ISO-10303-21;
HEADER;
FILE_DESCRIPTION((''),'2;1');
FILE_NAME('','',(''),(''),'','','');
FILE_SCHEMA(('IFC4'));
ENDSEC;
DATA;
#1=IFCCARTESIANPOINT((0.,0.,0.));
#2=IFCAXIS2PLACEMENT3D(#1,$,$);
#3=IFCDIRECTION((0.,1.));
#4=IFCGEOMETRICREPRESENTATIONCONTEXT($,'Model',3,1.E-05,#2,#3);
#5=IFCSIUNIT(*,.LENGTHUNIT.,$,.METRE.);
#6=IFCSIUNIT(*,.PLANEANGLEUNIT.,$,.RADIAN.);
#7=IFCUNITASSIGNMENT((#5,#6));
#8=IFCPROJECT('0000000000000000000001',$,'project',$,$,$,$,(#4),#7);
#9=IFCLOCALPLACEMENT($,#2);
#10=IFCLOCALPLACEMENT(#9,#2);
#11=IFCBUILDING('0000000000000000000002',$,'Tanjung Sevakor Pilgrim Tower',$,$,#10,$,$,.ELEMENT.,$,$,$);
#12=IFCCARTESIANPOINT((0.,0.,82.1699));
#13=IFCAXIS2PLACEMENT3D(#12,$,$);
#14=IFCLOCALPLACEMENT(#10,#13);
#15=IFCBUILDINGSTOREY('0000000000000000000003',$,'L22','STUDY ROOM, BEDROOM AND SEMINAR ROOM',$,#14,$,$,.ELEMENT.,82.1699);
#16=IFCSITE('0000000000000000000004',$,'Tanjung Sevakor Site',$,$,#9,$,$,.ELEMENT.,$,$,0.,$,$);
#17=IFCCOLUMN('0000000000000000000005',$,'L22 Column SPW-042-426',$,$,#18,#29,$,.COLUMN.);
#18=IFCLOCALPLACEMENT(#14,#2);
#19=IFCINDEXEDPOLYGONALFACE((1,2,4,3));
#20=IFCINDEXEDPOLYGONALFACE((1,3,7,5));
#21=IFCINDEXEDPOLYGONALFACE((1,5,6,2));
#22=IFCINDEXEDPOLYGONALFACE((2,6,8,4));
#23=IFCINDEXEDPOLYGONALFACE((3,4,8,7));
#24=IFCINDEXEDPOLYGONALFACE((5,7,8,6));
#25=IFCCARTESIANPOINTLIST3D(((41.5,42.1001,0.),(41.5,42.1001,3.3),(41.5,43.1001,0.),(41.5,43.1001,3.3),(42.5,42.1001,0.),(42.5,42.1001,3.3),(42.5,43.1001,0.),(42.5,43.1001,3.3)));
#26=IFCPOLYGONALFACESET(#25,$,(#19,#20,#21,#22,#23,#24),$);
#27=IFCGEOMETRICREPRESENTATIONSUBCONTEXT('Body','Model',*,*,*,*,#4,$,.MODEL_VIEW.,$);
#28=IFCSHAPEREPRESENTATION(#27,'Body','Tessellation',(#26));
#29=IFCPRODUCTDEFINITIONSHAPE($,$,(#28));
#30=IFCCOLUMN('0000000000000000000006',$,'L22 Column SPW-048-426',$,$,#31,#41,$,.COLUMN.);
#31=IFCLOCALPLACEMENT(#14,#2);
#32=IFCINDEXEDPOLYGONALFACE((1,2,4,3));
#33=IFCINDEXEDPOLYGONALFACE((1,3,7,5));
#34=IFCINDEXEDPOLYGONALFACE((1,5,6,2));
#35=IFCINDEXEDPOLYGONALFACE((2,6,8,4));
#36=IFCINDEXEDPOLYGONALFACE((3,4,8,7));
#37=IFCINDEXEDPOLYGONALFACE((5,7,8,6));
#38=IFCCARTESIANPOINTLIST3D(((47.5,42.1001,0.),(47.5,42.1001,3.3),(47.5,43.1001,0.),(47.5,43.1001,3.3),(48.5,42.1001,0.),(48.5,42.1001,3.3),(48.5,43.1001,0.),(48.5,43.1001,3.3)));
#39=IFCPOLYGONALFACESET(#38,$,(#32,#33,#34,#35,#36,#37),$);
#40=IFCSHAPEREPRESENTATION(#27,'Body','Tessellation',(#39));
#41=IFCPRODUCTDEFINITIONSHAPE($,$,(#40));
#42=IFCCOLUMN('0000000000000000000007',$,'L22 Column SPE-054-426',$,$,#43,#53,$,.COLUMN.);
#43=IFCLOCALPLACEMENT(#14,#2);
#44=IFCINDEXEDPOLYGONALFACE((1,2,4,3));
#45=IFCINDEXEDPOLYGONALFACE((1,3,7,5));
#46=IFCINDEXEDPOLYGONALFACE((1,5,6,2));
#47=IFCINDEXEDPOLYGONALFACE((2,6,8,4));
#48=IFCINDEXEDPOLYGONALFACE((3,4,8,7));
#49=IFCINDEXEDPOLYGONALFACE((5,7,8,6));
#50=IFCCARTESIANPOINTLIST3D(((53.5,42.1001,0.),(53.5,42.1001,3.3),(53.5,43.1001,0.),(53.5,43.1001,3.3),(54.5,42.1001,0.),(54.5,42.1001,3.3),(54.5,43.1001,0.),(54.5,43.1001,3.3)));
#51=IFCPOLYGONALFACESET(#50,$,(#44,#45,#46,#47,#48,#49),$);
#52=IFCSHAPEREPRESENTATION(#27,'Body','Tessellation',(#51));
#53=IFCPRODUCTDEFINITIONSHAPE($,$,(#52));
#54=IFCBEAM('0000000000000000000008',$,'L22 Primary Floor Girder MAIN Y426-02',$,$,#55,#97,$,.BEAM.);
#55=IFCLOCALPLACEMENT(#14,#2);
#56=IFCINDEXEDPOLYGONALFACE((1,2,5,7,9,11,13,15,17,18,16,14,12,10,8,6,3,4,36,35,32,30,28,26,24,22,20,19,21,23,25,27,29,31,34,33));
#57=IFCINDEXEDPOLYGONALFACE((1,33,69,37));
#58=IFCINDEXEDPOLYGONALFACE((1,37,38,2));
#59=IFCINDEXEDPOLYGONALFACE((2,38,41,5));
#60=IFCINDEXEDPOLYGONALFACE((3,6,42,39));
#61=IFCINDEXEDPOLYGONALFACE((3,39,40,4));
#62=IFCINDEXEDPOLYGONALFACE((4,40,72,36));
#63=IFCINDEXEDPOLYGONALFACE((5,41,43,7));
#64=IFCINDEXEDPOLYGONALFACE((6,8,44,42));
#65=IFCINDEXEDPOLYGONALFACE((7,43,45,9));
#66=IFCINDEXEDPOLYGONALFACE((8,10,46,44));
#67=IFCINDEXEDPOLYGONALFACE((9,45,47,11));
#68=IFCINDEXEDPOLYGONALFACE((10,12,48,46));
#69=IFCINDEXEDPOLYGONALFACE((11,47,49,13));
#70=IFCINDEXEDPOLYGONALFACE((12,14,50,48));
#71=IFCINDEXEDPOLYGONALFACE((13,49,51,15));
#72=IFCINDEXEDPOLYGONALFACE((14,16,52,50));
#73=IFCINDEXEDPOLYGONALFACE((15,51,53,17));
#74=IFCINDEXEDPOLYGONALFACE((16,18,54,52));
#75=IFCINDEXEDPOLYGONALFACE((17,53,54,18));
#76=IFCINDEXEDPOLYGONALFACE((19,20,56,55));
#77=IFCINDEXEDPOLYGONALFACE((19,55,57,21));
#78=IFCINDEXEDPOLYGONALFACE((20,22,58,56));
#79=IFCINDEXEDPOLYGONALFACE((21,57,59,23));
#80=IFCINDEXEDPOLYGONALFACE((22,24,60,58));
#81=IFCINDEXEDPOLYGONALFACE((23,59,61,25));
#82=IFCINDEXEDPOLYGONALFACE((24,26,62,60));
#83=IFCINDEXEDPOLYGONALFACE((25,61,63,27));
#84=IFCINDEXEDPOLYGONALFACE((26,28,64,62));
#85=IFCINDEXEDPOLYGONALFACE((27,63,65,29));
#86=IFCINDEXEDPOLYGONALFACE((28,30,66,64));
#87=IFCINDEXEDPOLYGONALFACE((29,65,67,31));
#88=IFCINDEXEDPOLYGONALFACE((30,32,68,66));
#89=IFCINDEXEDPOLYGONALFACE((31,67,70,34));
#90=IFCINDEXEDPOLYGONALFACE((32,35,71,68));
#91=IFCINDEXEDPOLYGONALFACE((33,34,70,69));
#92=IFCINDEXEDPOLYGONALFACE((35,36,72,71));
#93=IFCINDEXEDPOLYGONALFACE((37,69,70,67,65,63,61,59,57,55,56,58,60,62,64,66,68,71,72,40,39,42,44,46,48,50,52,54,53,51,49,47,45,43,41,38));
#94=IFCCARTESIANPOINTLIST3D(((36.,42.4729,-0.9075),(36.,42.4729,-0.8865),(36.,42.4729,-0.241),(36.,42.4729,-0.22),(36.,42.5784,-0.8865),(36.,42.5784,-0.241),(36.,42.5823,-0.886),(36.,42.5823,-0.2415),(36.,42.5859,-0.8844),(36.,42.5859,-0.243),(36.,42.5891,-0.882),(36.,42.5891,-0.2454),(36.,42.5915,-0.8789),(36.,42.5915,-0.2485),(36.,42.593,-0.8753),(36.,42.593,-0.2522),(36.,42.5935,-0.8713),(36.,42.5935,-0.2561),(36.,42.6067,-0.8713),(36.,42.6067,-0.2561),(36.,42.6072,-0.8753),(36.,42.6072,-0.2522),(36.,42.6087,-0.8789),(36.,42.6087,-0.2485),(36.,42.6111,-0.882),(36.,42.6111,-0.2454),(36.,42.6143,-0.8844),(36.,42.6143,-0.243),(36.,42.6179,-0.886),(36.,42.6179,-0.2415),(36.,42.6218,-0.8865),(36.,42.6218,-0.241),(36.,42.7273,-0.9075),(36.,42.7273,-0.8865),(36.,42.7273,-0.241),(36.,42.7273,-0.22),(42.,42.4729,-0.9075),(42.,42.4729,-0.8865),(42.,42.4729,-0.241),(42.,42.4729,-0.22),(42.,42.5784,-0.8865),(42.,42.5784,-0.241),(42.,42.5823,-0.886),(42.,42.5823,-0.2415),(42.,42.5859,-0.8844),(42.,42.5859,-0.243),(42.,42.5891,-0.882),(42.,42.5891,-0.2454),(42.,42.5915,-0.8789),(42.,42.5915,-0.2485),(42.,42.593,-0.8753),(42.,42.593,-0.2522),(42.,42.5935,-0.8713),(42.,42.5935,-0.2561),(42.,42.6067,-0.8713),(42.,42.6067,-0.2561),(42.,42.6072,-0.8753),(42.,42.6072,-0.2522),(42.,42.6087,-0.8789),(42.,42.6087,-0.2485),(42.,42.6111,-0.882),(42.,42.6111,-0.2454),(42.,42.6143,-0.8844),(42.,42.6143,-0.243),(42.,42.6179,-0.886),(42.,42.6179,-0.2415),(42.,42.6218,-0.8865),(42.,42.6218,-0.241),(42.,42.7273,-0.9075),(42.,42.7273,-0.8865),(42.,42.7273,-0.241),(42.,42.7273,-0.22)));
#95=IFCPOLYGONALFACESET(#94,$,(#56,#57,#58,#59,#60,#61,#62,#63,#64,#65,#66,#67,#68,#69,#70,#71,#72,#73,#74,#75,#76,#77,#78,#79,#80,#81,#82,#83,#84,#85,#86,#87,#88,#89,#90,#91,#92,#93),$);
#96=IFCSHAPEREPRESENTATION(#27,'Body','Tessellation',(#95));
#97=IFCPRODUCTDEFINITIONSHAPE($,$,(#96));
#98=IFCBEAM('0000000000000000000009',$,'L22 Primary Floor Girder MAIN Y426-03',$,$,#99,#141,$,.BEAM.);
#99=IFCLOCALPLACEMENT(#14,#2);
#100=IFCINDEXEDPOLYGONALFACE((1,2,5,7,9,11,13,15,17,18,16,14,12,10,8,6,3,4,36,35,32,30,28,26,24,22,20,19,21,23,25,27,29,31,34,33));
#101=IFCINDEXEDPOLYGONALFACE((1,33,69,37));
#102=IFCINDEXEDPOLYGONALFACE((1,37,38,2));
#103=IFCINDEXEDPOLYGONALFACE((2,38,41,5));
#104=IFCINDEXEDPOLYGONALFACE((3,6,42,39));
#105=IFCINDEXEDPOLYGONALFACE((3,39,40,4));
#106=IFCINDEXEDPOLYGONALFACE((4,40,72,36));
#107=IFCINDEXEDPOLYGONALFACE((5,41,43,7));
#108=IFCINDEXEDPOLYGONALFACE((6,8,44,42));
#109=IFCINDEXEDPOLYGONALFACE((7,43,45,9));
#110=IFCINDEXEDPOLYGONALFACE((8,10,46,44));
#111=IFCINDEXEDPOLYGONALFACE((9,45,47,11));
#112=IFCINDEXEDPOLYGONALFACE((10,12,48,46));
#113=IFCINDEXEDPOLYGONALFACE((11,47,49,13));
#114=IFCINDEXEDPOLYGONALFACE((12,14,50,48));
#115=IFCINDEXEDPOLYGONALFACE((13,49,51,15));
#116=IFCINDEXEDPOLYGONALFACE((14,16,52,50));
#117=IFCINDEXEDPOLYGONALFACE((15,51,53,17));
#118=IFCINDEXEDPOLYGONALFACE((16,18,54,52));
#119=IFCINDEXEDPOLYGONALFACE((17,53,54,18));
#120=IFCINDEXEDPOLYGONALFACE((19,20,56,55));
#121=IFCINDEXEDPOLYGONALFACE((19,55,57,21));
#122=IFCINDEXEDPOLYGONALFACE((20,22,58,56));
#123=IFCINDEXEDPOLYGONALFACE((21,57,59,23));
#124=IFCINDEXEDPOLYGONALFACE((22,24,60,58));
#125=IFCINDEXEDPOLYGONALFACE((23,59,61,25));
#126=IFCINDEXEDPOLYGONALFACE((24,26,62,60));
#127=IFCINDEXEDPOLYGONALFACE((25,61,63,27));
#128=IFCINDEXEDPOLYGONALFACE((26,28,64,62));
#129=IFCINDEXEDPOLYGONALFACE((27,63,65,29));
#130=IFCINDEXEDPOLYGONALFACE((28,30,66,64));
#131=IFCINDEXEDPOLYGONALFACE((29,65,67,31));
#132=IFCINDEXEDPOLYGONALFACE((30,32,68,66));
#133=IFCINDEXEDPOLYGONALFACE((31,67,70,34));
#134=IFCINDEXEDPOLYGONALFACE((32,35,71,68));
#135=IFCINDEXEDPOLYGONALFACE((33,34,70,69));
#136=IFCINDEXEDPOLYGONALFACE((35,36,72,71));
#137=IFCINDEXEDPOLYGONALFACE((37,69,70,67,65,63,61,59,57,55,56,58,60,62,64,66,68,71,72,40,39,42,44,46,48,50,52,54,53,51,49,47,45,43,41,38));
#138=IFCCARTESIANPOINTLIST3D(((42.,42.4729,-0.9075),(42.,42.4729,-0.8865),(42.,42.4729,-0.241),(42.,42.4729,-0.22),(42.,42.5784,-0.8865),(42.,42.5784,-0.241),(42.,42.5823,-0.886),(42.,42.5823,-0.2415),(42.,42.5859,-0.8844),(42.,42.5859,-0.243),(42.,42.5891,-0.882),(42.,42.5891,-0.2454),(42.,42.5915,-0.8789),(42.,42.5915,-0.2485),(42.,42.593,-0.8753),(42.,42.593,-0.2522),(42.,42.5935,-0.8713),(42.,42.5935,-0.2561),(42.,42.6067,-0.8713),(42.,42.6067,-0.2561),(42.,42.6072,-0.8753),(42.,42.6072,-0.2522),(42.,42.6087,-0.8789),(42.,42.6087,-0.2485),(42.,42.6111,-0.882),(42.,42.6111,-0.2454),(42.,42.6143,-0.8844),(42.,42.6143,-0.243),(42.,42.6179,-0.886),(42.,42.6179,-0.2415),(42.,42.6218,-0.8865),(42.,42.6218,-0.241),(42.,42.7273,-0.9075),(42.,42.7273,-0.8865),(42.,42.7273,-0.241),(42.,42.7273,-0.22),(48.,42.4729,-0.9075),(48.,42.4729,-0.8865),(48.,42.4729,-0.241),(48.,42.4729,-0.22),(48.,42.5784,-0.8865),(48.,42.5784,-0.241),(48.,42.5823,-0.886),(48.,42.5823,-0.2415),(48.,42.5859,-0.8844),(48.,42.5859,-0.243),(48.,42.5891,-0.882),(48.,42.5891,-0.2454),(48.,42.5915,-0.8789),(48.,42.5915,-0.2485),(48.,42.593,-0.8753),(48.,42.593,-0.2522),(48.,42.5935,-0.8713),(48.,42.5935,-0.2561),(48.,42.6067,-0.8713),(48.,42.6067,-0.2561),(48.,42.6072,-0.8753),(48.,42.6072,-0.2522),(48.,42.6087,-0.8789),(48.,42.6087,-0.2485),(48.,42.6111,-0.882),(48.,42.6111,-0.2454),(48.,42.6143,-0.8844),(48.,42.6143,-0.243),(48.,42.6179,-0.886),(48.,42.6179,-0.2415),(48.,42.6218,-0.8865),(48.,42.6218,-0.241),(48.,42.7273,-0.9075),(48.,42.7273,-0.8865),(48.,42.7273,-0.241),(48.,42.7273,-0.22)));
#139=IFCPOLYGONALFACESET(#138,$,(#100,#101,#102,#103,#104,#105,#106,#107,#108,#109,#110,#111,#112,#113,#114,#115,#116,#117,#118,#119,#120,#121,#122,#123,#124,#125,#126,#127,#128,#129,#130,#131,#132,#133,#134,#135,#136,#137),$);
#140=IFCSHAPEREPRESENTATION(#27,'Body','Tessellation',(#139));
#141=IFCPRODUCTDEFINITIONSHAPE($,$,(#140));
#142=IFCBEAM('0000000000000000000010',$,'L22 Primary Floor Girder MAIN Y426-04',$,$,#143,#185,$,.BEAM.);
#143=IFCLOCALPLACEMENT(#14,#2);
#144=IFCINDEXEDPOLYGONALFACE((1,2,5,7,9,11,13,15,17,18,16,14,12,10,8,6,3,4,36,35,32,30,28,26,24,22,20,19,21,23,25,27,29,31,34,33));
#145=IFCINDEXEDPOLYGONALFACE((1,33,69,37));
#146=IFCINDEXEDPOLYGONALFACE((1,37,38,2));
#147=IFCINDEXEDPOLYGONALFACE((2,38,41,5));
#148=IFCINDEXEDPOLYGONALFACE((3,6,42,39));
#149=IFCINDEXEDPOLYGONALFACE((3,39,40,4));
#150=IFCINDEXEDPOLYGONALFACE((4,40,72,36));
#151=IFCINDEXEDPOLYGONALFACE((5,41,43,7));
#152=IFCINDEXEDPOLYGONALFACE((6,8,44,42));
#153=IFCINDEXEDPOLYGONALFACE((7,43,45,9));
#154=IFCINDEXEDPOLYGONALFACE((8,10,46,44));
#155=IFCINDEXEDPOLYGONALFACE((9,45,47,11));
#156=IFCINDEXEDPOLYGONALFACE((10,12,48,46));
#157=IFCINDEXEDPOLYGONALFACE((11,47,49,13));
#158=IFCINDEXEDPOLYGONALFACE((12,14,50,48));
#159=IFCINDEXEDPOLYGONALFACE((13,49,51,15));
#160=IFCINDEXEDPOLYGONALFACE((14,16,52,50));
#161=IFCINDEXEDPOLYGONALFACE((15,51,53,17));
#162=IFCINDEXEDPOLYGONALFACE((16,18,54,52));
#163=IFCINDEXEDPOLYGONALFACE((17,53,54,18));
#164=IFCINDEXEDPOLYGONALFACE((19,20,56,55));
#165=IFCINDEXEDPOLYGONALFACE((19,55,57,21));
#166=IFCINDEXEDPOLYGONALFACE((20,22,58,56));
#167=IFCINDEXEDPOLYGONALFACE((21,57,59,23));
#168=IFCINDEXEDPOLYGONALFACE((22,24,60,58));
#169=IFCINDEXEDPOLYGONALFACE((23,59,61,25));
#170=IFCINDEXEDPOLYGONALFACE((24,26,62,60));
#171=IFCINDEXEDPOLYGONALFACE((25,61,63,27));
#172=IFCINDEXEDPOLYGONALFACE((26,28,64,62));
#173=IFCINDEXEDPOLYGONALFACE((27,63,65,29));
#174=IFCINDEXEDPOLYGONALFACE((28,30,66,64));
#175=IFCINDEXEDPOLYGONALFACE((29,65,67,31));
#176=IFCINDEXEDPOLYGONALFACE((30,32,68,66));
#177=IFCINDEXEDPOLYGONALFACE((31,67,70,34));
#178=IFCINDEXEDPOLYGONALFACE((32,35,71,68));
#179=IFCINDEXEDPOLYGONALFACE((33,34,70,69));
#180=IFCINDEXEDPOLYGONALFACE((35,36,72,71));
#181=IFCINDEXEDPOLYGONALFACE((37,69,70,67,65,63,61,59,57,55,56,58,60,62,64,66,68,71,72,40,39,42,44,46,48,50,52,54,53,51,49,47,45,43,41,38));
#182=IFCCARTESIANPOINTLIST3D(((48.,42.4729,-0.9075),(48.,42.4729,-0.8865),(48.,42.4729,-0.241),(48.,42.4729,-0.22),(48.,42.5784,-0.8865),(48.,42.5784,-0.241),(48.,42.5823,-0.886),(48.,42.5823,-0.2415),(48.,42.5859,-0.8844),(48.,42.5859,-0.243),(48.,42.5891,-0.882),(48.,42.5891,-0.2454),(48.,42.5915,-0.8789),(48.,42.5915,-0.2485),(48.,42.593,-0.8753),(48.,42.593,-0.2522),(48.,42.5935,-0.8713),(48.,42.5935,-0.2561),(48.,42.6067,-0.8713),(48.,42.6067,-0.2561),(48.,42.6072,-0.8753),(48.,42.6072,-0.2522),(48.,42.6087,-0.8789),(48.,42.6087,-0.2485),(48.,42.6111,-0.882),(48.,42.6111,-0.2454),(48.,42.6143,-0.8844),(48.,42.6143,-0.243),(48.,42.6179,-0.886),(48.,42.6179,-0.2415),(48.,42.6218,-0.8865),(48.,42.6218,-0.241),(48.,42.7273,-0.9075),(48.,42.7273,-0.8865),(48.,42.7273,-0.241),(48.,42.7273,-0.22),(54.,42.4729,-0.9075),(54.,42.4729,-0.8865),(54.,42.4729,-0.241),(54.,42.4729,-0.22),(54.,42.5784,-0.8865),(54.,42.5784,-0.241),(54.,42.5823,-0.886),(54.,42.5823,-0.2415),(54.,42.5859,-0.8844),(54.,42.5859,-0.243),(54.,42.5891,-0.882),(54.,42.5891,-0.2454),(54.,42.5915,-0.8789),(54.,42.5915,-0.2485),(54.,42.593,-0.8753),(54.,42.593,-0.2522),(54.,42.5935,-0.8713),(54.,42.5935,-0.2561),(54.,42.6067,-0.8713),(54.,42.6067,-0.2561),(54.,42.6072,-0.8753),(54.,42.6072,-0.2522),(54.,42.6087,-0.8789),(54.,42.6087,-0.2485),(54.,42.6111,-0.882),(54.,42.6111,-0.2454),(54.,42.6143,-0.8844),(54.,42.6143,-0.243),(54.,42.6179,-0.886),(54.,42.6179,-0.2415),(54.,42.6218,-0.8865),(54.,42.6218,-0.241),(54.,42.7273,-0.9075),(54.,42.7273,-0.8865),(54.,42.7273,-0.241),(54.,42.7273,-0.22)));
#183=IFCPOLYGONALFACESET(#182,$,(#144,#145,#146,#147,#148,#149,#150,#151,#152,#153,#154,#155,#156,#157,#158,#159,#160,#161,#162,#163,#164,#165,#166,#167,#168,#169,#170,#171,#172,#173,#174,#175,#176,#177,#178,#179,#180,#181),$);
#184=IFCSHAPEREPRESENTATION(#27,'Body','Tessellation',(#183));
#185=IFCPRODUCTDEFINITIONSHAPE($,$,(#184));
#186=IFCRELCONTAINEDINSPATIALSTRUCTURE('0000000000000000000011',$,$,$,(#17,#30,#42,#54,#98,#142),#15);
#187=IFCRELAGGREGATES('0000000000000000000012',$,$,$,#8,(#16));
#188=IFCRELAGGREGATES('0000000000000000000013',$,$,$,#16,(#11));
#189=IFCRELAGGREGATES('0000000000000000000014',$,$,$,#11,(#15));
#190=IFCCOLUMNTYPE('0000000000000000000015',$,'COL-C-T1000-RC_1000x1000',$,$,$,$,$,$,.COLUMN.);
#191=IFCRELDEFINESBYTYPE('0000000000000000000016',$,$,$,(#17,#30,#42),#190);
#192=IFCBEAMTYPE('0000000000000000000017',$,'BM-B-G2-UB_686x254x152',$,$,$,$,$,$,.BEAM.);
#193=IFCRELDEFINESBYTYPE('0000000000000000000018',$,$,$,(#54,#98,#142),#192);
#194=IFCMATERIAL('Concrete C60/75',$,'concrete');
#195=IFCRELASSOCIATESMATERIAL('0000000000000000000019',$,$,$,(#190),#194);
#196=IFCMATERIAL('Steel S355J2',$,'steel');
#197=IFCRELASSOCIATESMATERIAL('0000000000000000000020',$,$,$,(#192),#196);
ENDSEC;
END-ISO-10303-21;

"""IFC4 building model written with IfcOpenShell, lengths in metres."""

from ifc_helpers import new_model, si_unit, direction, frame, origin, origin_2d, place, context, subcontext, project, spatial, rectangle, i_section, extrude, material, material_profile, profile_set, type_object, element, save


model = new_model("IFC4")

# Units and contexts
model_context = context("Model", 3, precision=1e-05, world=origin(), true_north=direction((0.0, 1.0)))
body_context = subcontext(model_context, "Body", "Model", "MODEL_VIEW")
ifc_project = project(units=[si_unit("LENGTHUNIT", "METRE"), si_unit("PLANEANGLEUNIT", "RADIAN")], contexts=[model_context])

# Site, building, storey
site_placement = place(None, origin())
site = spatial("IfcSite", under=ifc_project, at=site_placement, Name="Tanjung Sevakor Site", CompositionType="ELEMENT", RefElevation=0.0)
building_placement = place(site_placement, origin())
building = spatial("IfcBuilding", under=site, at=building_placement, Name="Tanjung Sevakor Pilgrim Tower", CompositionType="ELEMENT")
storey_placement = place(building_placement, frame((0.0, 0.0, 82.1699)))
storey = spatial("IfcBuildingStorey", under=building, at=storey_placement, Name="L22", Description="STUDY ROOM, BEDROOM AND SEMINAR ROOM", CompositionType="ELEMENT", Elevation=82.1699)

# Columns
ifc_material_1 = material(Name="Concrete C60/75", Category="concrete")
ifc_material_profile_1 = material_profile(ifc_material_1, rectangle(XDim=1.0, YDim=1.0, at=origin_2d()))
ifc_profile_set_1 = profile_set([ifc_material_profile_1], Name="Concrete C60/75")
column_type = type_object("IfcColumnType", Name="COL-C-T1000-RC_1000x1000", PredefinedType="COLUMN", material=ifc_profile_set_1)
for number, where, z_axis, x_axis, name in (
    (1, (42.0, 42.6001, 0.0), (0.0, 0.0, 1.0), (1.0, 0.0, 0.0), "L22 Column SPW-042-426"),
    (2, (48.0, 42.6001, 0.0), (0.0, 0.0, 1.0), (1.0, 0.0, 0.0), "L22 Column SPW-048-426"),
    (3, (54.0, 42.6001, 0.0), (0.0, 0.0, 1.0), (1.0, 0.0, 0.0), "L22 Column SPE-054-426"),
):
    element("IfcColumn", number, at=place(storey_placement, frame(where, z_axis=z_axis, x_axis=x_axis)), inside=storey, type_object=column_type, Name=name, PredefinedType="COLUMN", context=body_context, shape_type="SweptSolid", body=[
        extrude(rectangle(XDim=1.0, YDim=1.0, at=origin_2d()), origin(), (0.0, 0.0, 1.0), 3.3),
    ])

# Beams
ifc_material_2 = material(Name="Steel S355J2", Category="steel")
ifc_material_profile_2 = material_profile(ifc_material_2, i_section(OverallWidth=0.2544, OverallDepth=0.6875, WebThickness=0.0132, FlangeThickness=0.021, FilletRadius=0.0151, at=origin_2d()))
ifc_profile_set_2 = profile_set([ifc_material_profile_2], Name="Steel S355J2")
beam_type_1 = type_object("IfcBeamType", Name="BM-B-G2-UB_686x254x152", PredefinedType="BEAM", material=ifc_profile_set_2)
for number, where, z_axis, x_axis, name in (
    (4, (36.0, 42.6001, -0.5637), (1.0, 0.0, 0.0), (0.0, 1.0, 0.0), "L22 Primary Floor Girder MAIN Y426-02"),
    (5, (42.0, 42.6001, -0.5637), (1.0, 0.0, 0.0), (0.0, 1.0, 0.0), "L22 Primary Floor Girder MAIN Y426-03"),
    (6, (48.0, 42.6001, -0.5637), (1.0, 0.0, 0.0), (0.0, 1.0, 0.0), "L22 Primary Floor Girder MAIN Y426-04"),
):
    element("IfcBeam", number, at=place(storey_placement, frame(where, z_axis=z_axis, x_axis=x_axis)), inside=storey, type_object=beam_type_1, Name=name, PredefinedType="BEAM", context=body_context, shape_type="SweptSolid", body=[
        extrude(i_section(OverallWidth=0.2544, OverallDepth=0.6875, WebThickness=0.0132, FlangeThickness=0.021, FilletRadius=0.0151, at=origin_2d()), origin(), (0.0, 0.0, 1.0), 6.0),
    ])

save(model, "model.ifc")
